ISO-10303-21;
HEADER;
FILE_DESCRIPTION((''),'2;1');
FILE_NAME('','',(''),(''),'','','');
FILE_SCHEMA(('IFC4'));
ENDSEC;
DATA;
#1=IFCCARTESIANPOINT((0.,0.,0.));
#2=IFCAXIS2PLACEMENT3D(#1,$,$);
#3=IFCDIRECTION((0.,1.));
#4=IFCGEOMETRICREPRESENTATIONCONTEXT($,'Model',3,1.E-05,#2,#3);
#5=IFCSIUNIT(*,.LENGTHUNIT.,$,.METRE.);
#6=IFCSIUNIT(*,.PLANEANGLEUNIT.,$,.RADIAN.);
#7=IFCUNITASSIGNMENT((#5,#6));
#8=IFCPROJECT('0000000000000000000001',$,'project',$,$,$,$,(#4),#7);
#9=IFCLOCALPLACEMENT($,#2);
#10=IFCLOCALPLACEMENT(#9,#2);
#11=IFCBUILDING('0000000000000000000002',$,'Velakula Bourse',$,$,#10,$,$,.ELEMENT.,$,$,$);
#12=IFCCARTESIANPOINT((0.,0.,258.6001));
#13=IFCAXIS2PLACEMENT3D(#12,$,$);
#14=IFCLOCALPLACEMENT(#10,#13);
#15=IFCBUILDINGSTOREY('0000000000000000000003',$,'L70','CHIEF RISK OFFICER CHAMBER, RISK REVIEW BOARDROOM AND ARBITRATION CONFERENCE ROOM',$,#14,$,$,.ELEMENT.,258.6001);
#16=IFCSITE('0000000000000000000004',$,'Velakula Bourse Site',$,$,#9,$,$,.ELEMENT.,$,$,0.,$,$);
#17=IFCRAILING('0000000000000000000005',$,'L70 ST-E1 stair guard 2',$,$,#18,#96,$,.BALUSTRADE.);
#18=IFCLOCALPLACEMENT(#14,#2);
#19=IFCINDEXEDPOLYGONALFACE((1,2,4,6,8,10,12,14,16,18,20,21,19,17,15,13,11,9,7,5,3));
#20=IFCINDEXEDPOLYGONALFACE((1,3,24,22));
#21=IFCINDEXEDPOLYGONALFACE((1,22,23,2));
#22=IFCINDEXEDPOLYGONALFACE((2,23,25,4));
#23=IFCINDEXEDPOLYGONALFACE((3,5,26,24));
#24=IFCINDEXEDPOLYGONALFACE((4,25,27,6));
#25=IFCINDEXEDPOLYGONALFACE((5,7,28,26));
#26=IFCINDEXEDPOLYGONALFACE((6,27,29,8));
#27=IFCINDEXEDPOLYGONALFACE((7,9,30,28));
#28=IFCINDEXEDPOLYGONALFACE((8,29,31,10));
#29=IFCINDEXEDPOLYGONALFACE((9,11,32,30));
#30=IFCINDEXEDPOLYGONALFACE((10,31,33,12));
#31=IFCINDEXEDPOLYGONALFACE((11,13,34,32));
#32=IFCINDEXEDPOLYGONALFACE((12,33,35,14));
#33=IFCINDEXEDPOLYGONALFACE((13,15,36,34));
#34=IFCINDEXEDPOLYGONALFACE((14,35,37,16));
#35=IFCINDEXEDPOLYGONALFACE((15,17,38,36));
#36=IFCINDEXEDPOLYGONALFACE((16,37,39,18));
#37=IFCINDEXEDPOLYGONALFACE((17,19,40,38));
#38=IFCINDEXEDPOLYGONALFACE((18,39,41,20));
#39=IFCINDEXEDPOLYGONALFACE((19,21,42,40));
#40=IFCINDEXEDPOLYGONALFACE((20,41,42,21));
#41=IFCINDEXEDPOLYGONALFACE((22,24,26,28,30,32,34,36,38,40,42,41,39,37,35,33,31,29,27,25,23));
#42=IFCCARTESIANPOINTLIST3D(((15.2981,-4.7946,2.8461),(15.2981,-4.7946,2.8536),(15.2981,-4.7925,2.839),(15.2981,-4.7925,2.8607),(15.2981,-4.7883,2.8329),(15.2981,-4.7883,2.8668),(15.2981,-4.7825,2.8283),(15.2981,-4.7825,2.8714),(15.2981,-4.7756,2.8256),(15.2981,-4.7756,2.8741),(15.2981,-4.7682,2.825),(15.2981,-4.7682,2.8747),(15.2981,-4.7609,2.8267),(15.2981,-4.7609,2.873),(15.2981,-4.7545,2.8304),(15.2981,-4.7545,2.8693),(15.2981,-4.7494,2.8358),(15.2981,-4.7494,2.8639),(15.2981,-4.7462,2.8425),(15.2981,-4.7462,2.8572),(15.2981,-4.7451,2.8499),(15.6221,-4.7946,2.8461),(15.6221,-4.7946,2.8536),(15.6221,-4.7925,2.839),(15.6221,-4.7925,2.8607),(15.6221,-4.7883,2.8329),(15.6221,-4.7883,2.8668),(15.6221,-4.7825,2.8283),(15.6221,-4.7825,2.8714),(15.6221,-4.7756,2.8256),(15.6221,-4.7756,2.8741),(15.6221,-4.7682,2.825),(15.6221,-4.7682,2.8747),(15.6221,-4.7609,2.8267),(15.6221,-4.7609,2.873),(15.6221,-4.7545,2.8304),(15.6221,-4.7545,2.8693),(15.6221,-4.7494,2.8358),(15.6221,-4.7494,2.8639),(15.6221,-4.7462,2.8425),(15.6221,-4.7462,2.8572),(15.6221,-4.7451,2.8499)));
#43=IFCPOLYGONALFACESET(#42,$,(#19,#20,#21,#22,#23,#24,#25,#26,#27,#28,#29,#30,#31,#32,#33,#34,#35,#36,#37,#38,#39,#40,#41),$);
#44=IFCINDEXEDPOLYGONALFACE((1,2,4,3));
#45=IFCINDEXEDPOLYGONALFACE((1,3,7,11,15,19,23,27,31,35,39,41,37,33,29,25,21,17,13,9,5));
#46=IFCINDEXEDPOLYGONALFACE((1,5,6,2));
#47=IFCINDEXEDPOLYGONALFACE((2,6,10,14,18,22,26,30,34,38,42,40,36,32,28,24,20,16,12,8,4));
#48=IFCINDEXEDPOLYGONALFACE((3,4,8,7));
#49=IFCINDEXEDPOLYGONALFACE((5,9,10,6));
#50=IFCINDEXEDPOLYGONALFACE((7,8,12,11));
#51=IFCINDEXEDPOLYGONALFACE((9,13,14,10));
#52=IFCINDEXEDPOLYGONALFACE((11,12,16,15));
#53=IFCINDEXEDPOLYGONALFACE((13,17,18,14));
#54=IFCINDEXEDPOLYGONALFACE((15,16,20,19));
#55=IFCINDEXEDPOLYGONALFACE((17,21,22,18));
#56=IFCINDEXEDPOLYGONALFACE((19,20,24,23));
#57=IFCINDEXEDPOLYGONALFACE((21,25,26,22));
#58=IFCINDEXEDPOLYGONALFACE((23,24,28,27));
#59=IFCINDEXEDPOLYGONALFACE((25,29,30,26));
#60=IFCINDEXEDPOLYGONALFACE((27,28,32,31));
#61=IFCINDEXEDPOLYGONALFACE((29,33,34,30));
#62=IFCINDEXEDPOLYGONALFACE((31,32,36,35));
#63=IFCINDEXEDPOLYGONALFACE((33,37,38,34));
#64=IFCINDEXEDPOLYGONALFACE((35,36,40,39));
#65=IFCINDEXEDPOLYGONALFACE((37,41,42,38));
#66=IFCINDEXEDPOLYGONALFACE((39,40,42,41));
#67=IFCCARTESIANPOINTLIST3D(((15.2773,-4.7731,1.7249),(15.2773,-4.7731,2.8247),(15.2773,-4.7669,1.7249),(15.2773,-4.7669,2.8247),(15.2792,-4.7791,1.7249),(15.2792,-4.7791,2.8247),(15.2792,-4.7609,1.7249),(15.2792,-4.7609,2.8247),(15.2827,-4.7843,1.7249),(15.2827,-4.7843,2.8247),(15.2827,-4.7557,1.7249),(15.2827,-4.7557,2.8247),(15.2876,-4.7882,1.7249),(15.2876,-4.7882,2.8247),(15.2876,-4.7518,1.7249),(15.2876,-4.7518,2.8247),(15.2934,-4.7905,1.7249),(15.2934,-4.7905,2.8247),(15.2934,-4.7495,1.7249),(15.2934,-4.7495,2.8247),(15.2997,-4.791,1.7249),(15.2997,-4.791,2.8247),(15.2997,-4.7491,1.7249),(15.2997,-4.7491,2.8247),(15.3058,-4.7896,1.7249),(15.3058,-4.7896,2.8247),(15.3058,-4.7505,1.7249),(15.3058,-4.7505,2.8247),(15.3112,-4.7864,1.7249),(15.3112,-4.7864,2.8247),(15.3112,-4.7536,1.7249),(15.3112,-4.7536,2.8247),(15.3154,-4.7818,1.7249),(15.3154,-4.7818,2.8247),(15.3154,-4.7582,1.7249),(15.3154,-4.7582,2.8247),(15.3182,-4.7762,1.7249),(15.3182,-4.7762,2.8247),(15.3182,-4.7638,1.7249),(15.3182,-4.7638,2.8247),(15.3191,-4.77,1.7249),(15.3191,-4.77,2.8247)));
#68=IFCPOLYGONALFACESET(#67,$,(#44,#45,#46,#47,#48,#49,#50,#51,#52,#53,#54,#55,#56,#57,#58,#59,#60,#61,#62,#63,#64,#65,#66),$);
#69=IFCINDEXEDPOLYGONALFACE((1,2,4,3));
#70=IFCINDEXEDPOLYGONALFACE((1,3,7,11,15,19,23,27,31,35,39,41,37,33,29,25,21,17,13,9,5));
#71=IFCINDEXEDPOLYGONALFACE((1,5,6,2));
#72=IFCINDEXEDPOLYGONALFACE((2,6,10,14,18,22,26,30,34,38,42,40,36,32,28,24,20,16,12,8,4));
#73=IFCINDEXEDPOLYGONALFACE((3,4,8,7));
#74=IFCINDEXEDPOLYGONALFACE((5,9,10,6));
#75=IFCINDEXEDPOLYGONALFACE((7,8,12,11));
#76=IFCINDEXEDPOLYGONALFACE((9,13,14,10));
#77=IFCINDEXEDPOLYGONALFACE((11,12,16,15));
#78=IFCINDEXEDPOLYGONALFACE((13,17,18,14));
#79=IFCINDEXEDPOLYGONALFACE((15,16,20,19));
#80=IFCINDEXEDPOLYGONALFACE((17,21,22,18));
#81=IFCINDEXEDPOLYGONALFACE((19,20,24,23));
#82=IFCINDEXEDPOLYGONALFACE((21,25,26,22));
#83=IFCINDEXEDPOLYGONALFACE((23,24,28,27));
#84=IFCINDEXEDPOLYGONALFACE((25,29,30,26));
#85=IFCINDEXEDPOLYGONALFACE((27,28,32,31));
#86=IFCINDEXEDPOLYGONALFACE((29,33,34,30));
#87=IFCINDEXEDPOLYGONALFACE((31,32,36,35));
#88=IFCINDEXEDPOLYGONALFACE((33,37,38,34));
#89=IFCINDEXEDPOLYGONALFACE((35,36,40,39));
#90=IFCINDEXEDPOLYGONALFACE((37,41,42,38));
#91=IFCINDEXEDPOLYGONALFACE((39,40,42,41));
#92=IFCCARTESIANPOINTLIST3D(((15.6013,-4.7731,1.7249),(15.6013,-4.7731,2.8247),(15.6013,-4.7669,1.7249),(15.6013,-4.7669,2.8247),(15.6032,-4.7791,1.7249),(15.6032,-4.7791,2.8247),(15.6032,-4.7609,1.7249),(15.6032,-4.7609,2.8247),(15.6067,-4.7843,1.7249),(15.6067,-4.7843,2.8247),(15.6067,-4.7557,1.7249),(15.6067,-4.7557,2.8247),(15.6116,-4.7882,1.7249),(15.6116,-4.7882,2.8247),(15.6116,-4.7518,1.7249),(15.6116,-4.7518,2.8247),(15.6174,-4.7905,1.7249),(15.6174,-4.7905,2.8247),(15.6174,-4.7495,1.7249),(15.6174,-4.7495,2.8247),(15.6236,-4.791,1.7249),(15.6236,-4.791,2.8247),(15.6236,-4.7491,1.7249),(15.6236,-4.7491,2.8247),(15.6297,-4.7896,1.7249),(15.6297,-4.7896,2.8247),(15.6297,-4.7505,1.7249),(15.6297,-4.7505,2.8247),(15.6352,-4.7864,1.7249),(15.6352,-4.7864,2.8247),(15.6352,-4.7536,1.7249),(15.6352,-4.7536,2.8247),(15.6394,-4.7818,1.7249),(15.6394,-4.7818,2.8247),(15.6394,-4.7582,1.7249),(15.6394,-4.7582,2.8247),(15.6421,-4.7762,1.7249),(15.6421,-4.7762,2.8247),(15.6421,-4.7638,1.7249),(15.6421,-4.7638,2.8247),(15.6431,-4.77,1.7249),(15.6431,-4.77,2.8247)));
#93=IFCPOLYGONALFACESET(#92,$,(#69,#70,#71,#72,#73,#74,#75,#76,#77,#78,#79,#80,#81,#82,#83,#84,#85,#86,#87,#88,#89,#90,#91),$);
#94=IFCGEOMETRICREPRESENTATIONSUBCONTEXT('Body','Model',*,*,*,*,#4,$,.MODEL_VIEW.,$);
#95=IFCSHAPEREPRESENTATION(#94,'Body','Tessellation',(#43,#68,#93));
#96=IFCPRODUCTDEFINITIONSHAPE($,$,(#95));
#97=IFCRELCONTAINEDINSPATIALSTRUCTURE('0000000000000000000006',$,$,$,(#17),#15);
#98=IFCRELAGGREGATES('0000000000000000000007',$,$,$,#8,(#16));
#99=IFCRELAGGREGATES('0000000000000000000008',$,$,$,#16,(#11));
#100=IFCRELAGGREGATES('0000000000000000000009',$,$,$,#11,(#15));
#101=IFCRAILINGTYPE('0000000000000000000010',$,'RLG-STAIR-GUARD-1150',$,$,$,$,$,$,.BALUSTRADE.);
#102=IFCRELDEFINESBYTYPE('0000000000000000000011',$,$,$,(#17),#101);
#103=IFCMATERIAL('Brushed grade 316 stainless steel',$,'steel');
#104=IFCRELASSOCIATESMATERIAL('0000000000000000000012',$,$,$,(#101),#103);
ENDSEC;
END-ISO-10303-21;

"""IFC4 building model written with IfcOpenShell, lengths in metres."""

from ifc_helpers import new_model, si_unit, direction, frame, origin, origin_2d, place, context, subcontext, project, spatial, circle, extrude, material, type_object, element, save


model = new_model("IFC4")

# Units and contexts
model_context = context("Model", 3, precision=1e-05, world=origin(), true_north=direction((0.0, 1.0)))
body_context = subcontext(model_context, "Body", "Model", "MODEL_VIEW")
ifc_project = project(units=[si_unit("LENGTHUNIT", "METRE"), si_unit("PLANEANGLEUNIT", "RADIAN")], contexts=[model_context])

# Site, building, storey
site_placement = place(None, origin())
site = spatial("IfcSite", under=ifc_project, at=site_placement, Name="Velakula Bourse Site", CompositionType="ELEMENT", RefElevation=0.0)
building_placement = place(site_placement, origin())
building = spatial("IfcBuilding", under=site, at=building_placement, Name="Velakula Bourse", CompositionType="ELEMENT")
storey_placement = place(building_placement, frame((0.0, 0.0, 258.6001)))
storey = spatial("IfcBuildingStorey", under=building, at=storey_placement, Name="L70", Description="CHIEF RISK OFFICER CHAMBER, RISK REVIEW BOARDROOM AND ARBITRATION CONFERENCE ROOM", CompositionType="ELEMENT", Elevation=258.6001)

# Shared definitions
ifc_material_1 = material(Name="Brushed grade 316 stainless steel", Category="steel")

# Railing
railing_type_1 = type_object("IfcRailingType", Name="RLG-STAIR-GUARD-1150", PredefinedType="BALUSTRADE", material=ifc_material_1)
railing_1_placement = place(storey_placement, frame((15.2981, -4.77, 1.7249)))
element("IfcRailing", 1, at=railing_1_placement, inside=storey, type_object=railing_type_1, Name="L70 ST-E1 stair guard 2", PredefinedType="BALUSTRADE", context=body_context, shape_type="SweptSolid", body=[
    extrude(circle(Radius=0.0249, at=origin_2d()), frame((0.0, 0.0, 1.125), z_axis=(1.0, 0.0, 0.0), x_axis=(0.0, 1.0, 0.0)), (0.0, 0.0, 1.0), 0.324),
    extrude(circle(Radius=0.021, at=origin_2d()), origin(), (0.0, 0.0, 1.0), 1.0999),
    extrude(circle(Radius=0.021, at=origin_2d()), frame((0.324, 0.0, 0.0)), (0.0, 0.0, 1.0), 1.0999),
])

save(model, "model.ifc")
